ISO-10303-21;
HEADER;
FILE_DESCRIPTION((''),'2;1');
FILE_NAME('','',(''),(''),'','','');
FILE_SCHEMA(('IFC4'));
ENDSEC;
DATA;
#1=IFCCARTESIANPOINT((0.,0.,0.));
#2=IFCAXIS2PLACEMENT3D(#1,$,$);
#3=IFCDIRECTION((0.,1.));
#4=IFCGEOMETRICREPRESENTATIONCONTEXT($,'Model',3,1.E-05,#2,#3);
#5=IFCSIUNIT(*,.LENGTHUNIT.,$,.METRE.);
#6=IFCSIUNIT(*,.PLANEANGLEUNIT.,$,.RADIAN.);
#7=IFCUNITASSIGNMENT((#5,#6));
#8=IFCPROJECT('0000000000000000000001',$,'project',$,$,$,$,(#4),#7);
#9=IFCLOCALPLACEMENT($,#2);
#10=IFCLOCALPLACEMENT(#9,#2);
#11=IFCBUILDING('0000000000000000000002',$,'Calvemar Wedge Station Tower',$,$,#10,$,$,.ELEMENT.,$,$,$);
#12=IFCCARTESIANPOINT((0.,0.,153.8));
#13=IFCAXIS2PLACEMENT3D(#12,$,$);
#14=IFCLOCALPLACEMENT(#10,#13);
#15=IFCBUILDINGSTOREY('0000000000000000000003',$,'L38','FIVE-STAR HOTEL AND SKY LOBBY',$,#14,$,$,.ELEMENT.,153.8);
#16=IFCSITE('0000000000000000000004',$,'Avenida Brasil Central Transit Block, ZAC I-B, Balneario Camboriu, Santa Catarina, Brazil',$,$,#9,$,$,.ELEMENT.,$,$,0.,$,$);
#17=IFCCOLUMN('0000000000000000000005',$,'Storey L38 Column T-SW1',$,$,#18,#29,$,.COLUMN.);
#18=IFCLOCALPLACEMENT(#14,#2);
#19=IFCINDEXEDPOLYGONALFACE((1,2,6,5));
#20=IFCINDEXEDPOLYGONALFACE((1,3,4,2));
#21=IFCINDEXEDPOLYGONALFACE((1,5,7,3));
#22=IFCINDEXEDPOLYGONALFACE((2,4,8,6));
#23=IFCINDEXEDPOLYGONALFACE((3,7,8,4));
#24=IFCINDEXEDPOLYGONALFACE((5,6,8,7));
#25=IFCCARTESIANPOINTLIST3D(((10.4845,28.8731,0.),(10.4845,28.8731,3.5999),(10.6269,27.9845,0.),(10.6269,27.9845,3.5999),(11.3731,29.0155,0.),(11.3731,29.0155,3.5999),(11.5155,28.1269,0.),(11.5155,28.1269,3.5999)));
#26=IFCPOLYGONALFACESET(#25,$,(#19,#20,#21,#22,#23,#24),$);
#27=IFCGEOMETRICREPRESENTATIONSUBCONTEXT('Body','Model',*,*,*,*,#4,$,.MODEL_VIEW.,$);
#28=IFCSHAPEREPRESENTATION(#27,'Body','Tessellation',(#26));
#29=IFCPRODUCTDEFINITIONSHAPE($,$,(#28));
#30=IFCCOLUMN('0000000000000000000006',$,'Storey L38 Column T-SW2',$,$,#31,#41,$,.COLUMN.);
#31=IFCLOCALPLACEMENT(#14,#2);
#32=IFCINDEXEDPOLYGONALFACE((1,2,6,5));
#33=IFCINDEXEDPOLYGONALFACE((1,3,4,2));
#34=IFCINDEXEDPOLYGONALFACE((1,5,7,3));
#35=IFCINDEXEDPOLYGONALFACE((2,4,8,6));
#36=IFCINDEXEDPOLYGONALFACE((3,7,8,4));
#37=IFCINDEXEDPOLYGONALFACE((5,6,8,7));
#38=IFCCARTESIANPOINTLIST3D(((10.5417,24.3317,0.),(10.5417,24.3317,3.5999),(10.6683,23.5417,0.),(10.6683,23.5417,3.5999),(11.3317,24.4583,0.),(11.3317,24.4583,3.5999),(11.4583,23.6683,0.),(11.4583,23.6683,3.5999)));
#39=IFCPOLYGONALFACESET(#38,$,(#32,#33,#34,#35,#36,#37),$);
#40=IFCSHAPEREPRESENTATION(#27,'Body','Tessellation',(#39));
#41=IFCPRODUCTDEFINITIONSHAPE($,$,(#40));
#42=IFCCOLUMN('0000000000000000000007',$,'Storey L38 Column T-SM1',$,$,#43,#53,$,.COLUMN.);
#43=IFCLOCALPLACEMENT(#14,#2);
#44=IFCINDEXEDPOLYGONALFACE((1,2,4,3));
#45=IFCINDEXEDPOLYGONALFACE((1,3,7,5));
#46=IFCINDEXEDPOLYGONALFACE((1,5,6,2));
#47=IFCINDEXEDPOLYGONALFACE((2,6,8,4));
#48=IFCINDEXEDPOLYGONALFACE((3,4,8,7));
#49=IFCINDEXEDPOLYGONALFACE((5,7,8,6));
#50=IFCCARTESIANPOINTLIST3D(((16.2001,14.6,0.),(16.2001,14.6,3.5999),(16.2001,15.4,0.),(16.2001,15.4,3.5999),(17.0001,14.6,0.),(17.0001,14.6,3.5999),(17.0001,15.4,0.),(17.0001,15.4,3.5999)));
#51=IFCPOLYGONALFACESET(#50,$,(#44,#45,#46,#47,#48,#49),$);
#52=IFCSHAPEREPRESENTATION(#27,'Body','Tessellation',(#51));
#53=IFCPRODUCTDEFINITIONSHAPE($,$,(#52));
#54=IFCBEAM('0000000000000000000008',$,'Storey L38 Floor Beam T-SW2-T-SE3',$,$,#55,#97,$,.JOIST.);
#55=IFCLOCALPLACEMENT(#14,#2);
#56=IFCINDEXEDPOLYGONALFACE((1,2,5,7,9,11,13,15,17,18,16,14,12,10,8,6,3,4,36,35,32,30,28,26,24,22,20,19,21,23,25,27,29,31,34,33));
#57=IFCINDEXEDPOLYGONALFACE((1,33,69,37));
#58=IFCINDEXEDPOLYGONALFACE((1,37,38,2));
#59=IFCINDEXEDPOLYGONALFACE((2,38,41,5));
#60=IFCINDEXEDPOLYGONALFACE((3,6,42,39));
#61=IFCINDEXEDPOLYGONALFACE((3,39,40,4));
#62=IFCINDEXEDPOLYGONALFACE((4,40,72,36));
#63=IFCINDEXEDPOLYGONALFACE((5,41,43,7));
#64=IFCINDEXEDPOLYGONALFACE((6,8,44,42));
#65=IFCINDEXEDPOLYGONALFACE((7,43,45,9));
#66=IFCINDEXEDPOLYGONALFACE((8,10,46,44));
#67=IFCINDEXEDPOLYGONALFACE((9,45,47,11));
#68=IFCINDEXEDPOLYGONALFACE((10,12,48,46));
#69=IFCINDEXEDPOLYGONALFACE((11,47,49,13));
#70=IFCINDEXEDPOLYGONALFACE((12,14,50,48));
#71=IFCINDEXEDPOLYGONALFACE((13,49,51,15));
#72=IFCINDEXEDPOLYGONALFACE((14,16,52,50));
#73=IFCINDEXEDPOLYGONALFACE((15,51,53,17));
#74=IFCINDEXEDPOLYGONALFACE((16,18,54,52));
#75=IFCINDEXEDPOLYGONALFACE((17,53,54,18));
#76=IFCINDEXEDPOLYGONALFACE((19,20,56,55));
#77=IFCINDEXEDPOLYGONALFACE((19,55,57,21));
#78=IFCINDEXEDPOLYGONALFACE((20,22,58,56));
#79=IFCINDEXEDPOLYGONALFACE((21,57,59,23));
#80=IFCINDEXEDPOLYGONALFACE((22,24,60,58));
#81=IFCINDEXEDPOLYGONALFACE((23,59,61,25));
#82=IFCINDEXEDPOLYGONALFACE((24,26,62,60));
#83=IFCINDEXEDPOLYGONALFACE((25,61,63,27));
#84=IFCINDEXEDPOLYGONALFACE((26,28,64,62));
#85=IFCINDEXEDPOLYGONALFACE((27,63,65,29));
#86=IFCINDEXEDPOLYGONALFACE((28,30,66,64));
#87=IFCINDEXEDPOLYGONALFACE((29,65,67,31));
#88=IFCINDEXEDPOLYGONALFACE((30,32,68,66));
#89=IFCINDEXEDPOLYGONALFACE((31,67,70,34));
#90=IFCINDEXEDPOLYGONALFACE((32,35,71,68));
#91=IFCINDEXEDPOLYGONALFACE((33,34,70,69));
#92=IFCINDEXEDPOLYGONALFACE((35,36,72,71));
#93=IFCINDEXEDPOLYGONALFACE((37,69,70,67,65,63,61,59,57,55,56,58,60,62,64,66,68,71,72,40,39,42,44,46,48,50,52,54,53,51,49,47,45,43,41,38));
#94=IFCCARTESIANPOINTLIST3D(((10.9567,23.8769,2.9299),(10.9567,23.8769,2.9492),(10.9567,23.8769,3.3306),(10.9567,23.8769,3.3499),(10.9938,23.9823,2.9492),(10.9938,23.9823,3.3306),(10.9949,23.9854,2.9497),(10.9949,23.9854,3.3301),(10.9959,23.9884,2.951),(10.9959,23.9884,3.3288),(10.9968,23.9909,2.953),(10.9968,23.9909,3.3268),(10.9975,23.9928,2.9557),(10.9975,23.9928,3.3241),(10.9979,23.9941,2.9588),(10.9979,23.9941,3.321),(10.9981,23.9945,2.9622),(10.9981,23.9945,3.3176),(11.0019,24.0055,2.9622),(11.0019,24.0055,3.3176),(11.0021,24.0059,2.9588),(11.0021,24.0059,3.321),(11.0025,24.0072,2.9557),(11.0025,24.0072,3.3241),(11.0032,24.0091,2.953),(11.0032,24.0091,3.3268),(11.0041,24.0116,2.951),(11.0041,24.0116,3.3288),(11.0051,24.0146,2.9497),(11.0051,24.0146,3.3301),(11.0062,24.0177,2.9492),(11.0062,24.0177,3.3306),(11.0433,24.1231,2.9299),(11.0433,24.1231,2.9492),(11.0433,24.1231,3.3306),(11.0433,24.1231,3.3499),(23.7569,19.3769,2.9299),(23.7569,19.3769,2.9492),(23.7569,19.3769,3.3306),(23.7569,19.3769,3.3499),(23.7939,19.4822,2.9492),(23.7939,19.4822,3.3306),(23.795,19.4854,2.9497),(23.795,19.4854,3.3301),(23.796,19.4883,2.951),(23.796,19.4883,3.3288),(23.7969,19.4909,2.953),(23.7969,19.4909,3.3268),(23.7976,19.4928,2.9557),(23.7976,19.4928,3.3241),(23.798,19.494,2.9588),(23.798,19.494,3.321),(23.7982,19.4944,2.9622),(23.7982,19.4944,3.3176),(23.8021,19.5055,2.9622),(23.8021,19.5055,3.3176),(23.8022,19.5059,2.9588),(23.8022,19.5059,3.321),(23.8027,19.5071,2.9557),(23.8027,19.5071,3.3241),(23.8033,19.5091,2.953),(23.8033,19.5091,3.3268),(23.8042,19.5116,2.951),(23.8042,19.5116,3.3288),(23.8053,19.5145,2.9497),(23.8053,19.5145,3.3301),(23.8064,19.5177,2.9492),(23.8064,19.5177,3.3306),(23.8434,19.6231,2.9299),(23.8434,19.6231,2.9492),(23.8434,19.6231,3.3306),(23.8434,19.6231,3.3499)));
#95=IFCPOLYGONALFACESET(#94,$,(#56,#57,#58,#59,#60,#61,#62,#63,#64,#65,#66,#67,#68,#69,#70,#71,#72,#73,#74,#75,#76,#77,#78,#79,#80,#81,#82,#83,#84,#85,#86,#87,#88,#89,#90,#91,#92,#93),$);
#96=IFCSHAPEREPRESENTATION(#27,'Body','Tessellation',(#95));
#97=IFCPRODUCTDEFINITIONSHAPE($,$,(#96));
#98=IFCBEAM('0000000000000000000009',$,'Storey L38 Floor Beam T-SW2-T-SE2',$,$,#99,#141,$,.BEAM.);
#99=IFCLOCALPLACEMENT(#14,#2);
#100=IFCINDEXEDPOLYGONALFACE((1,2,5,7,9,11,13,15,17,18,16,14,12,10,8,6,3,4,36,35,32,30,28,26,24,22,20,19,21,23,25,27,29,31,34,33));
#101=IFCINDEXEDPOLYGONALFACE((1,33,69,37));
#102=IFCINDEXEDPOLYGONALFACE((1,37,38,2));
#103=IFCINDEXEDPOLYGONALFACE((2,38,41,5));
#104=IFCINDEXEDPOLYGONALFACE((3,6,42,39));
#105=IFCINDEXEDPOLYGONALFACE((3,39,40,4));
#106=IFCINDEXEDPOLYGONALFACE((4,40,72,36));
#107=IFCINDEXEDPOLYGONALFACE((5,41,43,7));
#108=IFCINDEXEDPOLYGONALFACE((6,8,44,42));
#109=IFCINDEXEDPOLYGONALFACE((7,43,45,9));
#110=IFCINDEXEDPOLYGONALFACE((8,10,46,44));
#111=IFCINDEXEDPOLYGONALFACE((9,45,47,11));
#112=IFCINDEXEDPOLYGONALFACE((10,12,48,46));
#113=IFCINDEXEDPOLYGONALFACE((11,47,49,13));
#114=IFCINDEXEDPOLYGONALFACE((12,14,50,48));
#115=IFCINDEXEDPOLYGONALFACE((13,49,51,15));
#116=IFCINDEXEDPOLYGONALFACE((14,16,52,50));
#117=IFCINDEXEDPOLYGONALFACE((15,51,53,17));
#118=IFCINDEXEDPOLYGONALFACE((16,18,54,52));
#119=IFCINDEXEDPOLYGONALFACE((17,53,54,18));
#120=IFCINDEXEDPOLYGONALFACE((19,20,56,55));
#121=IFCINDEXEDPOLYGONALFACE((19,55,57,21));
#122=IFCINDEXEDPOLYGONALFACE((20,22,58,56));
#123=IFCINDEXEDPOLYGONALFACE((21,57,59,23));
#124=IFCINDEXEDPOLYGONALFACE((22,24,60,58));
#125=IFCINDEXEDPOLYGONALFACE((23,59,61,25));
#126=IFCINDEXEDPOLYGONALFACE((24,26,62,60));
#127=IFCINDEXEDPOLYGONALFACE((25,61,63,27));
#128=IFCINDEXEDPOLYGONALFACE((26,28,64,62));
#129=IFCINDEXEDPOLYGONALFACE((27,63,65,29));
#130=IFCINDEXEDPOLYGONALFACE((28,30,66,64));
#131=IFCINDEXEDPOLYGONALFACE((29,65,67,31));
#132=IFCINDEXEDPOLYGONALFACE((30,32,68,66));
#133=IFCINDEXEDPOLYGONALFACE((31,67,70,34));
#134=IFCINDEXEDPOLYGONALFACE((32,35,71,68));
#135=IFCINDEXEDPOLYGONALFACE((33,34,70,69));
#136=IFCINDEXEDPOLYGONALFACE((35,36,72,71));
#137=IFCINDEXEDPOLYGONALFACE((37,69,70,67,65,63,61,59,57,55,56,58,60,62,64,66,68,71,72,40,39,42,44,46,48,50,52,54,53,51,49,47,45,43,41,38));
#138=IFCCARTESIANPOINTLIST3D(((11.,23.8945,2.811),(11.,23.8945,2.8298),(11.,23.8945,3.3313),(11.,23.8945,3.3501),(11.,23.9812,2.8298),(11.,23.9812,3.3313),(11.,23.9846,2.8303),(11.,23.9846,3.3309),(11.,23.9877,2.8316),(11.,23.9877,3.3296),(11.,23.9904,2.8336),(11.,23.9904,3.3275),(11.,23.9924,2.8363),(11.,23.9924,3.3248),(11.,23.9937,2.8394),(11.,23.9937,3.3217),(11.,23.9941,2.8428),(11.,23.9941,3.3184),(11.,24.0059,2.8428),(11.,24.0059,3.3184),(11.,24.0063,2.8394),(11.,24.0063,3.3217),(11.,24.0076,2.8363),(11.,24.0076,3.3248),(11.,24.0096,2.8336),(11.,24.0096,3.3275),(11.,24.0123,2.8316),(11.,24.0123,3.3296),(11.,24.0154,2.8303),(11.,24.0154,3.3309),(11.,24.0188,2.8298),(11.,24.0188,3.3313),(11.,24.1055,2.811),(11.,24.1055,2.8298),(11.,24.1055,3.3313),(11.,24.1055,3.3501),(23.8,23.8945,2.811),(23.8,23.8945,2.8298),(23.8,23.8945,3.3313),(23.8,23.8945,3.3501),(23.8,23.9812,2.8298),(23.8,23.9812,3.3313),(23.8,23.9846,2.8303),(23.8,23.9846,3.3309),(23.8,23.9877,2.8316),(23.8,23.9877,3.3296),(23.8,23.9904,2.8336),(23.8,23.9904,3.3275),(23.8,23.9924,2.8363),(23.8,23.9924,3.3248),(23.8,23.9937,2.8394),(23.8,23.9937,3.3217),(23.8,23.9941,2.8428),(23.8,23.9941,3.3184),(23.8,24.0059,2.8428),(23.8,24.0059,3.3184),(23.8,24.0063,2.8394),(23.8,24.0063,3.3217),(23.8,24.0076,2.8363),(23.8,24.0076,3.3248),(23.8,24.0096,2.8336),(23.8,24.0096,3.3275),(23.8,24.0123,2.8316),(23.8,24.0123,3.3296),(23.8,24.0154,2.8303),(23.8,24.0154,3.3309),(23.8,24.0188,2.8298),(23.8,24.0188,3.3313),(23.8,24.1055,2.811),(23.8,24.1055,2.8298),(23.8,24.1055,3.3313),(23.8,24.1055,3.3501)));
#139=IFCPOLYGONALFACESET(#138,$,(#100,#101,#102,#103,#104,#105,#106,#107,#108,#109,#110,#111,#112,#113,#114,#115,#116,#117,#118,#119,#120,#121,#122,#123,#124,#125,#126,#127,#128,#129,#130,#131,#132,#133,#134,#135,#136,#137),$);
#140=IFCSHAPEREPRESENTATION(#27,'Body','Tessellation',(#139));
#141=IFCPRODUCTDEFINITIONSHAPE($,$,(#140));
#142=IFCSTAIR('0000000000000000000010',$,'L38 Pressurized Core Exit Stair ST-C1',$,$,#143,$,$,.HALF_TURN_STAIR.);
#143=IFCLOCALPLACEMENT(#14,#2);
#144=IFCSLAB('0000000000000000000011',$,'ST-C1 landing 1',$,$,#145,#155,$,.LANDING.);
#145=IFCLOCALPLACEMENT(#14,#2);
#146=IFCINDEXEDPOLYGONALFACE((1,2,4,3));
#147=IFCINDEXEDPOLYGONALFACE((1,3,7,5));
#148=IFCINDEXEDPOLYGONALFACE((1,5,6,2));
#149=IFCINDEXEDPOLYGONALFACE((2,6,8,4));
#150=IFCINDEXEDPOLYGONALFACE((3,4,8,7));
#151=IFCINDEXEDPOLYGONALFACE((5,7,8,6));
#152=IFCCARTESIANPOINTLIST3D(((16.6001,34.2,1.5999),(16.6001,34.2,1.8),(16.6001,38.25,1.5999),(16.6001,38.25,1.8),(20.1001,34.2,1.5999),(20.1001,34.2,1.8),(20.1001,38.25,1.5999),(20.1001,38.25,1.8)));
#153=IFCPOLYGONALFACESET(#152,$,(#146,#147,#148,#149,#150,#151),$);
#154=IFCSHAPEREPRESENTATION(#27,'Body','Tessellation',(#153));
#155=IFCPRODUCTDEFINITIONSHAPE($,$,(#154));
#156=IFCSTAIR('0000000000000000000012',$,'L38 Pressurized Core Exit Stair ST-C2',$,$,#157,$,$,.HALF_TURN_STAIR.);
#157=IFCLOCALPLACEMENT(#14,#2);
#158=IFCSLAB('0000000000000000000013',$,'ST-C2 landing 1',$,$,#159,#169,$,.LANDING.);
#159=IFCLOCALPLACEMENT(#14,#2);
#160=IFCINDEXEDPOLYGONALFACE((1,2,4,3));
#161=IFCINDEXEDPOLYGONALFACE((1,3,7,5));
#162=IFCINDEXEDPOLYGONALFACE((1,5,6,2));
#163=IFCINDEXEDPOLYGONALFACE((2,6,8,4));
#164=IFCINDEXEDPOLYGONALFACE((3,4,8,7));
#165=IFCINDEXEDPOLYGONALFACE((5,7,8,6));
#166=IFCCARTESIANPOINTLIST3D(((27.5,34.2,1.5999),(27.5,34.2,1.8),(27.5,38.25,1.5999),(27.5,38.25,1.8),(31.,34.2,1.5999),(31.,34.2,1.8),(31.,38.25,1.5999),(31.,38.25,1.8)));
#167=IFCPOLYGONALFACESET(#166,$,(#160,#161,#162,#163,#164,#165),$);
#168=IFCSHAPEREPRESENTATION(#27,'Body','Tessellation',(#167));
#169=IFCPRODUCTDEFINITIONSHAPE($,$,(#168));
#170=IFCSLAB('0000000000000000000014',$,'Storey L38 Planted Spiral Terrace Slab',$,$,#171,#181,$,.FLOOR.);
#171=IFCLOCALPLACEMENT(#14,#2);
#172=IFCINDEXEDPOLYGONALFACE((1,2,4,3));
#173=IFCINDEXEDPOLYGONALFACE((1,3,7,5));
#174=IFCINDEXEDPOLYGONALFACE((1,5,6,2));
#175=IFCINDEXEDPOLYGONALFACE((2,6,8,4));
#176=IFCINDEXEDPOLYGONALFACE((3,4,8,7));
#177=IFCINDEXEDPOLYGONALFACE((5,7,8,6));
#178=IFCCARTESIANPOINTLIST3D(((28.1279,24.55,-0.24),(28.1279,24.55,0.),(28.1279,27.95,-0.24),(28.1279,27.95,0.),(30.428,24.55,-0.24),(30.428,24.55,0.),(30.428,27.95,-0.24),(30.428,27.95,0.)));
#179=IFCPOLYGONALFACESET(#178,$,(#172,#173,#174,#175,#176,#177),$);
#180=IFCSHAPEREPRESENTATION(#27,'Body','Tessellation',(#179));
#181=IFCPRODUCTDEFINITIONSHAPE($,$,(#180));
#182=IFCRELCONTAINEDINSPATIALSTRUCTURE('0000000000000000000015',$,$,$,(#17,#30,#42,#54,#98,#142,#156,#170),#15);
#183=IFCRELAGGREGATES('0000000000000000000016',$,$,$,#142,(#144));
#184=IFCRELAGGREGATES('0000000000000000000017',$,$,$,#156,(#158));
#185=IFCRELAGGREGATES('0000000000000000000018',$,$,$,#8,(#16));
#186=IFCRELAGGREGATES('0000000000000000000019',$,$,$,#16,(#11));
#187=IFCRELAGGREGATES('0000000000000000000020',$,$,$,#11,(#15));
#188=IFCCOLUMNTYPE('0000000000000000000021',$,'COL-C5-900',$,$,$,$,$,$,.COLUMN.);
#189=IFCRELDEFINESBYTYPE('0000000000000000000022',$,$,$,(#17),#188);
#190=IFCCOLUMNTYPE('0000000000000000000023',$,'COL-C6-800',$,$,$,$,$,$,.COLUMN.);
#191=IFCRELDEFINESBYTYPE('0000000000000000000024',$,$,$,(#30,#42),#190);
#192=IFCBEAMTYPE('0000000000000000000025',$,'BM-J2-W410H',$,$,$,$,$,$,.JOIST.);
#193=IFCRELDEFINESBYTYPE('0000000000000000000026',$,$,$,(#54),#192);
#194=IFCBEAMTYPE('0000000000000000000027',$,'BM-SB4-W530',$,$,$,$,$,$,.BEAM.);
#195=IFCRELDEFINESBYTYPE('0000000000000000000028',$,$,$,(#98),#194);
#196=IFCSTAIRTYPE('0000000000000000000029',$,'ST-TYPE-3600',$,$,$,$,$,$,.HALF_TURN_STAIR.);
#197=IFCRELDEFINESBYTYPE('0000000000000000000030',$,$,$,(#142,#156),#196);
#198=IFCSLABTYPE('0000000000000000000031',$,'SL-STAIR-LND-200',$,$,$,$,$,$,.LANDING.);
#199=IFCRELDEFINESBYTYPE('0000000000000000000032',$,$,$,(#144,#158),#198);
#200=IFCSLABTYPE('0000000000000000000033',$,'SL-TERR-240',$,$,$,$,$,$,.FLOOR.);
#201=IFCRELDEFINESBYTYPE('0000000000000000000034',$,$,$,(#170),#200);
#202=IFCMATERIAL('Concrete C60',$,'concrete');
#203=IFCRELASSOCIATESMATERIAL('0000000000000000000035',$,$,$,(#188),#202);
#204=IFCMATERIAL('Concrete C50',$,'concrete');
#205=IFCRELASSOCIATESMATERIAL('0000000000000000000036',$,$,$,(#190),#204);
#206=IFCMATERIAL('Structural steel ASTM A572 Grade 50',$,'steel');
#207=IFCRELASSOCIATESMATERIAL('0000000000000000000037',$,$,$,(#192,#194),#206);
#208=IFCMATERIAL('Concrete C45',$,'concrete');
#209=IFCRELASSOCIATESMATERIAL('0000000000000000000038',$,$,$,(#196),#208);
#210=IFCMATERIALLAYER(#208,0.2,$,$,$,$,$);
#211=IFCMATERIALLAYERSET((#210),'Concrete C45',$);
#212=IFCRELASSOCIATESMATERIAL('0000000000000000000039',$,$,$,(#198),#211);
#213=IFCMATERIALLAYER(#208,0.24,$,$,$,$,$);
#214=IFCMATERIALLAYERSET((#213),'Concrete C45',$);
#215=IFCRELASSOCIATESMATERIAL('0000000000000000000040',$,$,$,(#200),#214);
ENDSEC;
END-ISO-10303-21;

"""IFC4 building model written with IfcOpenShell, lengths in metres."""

from ifc_helpers import new_model, si_unit, direction, frame, origin, origin_2d, place, context, subcontext, project, spatial, polyline, rectangle, i_section, outline, extrude, source, transform, mapped, material, layer, layer_set, material_profile, profile_set, type_object, element, aggregate, save


model = new_model("IFC4")

# Units and contexts
model_context = context("Model", 3, precision=1e-05, world=origin(), true_north=direction((0.0, 1.0)))
body_context = subcontext(model_context, "Body", "Model", "MODEL_VIEW")
ifc_project = project(units=[si_unit("LENGTHUNIT", "METRE"), si_unit("PLANEANGLEUNIT", "RADIAN")], contexts=[model_context])

# Site, building, storey
site_placement = place(None, origin())
site = spatial("IfcSite", under=ifc_project, at=site_placement, Name="Avenida Brasil Central Transit Block, ZAC I-B, Balneario Camboriu, Santa Catarina, Brazil", CompositionType="ELEMENT", RefElevation=0.0)
building_placement = place(site_placement, origin())
building = spatial("IfcBuilding", under=site, at=building_placement, Name="Calvemar Wedge Station Tower", CompositionType="ELEMENT")
storey_placement = place(building_placement, frame((0.0, 0.0, 153.8)))
storey = spatial("IfcBuildingStorey", under=building, at=storey_placement, Name="L38", Description="FIVE-STAR HOTEL AND SKY LOBBY", CompositionType="ELEMENT", Elevation=153.8)

# Columns
ifc_material_1 = material(Name="Concrete C60", Category="concrete")
ifc_material_profile_1 = material_profile(ifc_material_1, rectangle(XDim=0.8999, YDim=0.8999, at=origin_2d()), Name="RC900x900")
ifc_profile_set_1 = profile_set([ifc_material_profile_1], Name="Concrete C60")
column_type_1 = type_object("IfcColumnType", Name="COL-C5-900", PredefinedType="COLUMN", material=ifc_profile_set_1)
shared_shape_1 = source(origin(), body_context, "Body", "SweptSolid", [
    extrude(rectangle(XDim=0.8999, YDim=0.8999, at=origin_2d()), origin(), (0.0, 0.0, 1.0), 3.5999),
])
column_placement = place(storey_placement, frame((11.0, 28.5, 0.0), z_axis=(0.0, 0.0, 1.0), x_axis=(0.158158, -0.987414, 0.0)))
element("IfcColumn", 1, at=column_placement, inside=storey, type_object=column_type_1, Name="Storey L38 Column T-SW1", PredefinedType="COLUMN", context=body_context, shape_type="MappedRepresentation", body=[
    mapped(shared_shape_1, transform((0.0, 0.0, 0.0), scale=1.0)),
])
ifc_material_2 = material(Name="Concrete C50", Category="concrete")
ifc_material_profile_2 = material_profile(ifc_material_2, rectangle(XDim=0.8, YDim=0.8, at=origin_2d()), Name="RC800x800")
ifc_profile_set_2 = profile_set([ifc_material_profile_2], Name="Concrete C50")
column_type_2 = type_object("IfcColumnType", Name="COL-C6-800", PredefinedType="COLUMN", material=ifc_profile_set_2)
shared_shape_2 = source(origin(), body_context, "Body", "SweptSolid", [
    extrude(rectangle(XDim=0.8, YDim=0.8, at=origin_2d()), origin(), (0.0, 0.0, 1.0), 3.5999),
])
for number, where, z_axis, x_axis, name in (
    (2, (11.0, 24.0, 0.0), (0.0, 0.0, 1.0), (0.158158, -0.987414, 0.0), "Storey L38 Column T-SW2"),
    (3, (16.6001, 15.0, 0.0), (0.0, 0.0, 1.0), (1.0, 0.0, 0.0), "Storey L38 Column T-SM1"),
):
    element("IfcColumn", number, at=place(storey_placement, frame(where, z_axis=z_axis, x_axis=x_axis)), inside=storey, type_object=column_type_2, Name=name, PredefinedType="COLUMN", context=body_context, shape_type="MappedRepresentation", body=[
        mapped(shared_shape_2, transform((0.0, 0.0, 0.0), scale=1.0)),
    ])

# Beams
ifc_material_3 = material(Name="Structural steel ASTM A572 Grade 50", Category="steel")
ifc_material_profile_3 = material_profile(ifc_material_3, i_section(OverallWidth=0.261, OverallDepth=0.4199, WebThickness=0.0117, FlangeThickness=0.0193, FilletRadius=0.0129, at=origin_2d()), Name="W410x114")
ifc_profile_set_3 = profile_set([ifc_material_profile_3], Name="Structural steel ASTM A572 Grade 50")
beam_type_1 = type_object("IfcBeamType", Name="BM-J2-W410H", PredefinedType="JOIST", material=ifc_profile_set_3)
shared_shape_3 = source(origin(), body_context, "Body", "SweptSolid", [
    extrude(i_section(OverallWidth=0.261, OverallDepth=0.4199, WebThickness=0.0117, FlangeThickness=0.0193, FilletRadius=0.0129, at=origin_2d()), origin(), (0.0, 0.0, 1.0), 13.5681),
])
beam_1_placement = place(storey_placement, frame((11.0, 24.0, 3.1399), z_axis=(0.943398, -0.331662, 0.0), x_axis=(0.331662, 0.943398, 0.0)))
element("IfcBeam", 4, at=beam_1_placement, inside=storey, type_object=beam_type_1, Name="Storey L38 Floor Beam T-SW2-T-SE3", PredefinedType="JOIST", context=body_context, shape_type="MappedRepresentation", body=[
    mapped(shared_shape_3, transform((0.0, 0.0, 0.0), scale=1.0)),
])
ifc_material_profile_4 = material_profile(ifc_material_3, i_section(OverallWidth=0.2109, OverallDepth=0.5391, WebThickness=0.0117, FlangeThickness=0.0188, FilletRadius=0.0129, at=origin_2d()), Name="W530x109")
ifc_profile_set_4 = profile_set([ifc_material_profile_4], Name="Structural steel ASTM A572 Grade 50")
beam_type_2 = type_object("IfcBeamType", Name="BM-SB4-W530", PredefinedType="BEAM", material=ifc_profile_set_4)
shared_shape_4 = source(origin(), body_context, "Body", "SweptSolid", [
    extrude(i_section(OverallWidth=0.2109, OverallDepth=0.5391, WebThickness=0.0117, FlangeThickness=0.0188, FilletRadius=0.0129, at=origin_2d()), origin(), (0.0, 0.0, 1.0), 12.8),
])
beam_2_placement = place(storey_placement, frame((11.0, 24.0, 3.0806), z_axis=(1.0, 0.0, 0.0), x_axis=(0.0, 1.0, 0.0)))
element("IfcBeam", 5, at=beam_2_placement, inside=storey, type_object=beam_type_2, Name="Storey L38 Floor Beam T-SW2-T-SE2", PredefinedType="BEAM", context=body_context, shape_type="MappedRepresentation", body=[
    mapped(shared_shape_4, transform((0.0, 0.0, 0.0), scale=1.0)),
])

# Stairs, slabs
ifc_material_4 = material(Name="Concrete C45", Category="concrete")
stair_type = type_object("IfcStairType", Name="ST-TYPE-3600", PredefinedType="HALF_TURN_STAIR", material=ifc_material_4)
stair_1_placement = place(storey_placement, origin())
stair_1 = element("IfcStair", 6, at=stair_1_placement, inside=storey, type_object=stair_type, Name="L38 Pressurized Core Exit Stair ST-C1", PredefinedType="HALF_TURN_STAIR")
ifc_layer_1 = layer(ifc_material_4, 0.2)
ifc_layer_set_1 = layer_set([ifc_layer_1], Name="Concrete C45")
slab_type_1 = type_object("IfcSlabType", Name="SL-STAIR-LND-200", PredefinedType="LANDING", material=ifc_layer_set_1)
slab_1_placement = place(storey_placement, frame((0.0, 0.0, 1.5999)))
slab_1 = element("IfcSlab", 7, at=slab_1_placement, type_object=slab_type_1, Name="ST-C1 landing 1", PredefinedType="LANDING", context=body_context, shape_type="SweptSolid", body=[
    extrude(outline(polyline([(16.6001, 38.25), (16.6001, 34.2), (20.1001, 34.2), (20.1001, 38.25), (16.6001, 38.25)])), origin(), (0.0, 0.0, 1.0), 0.2002),
])
aggregate(stair_1, [slab_1])
stair_2_placement = place(storey_placement, origin())
stair_2 = element("IfcStair", 8, at=stair_2_placement, inside=storey, type_object=stair_type, Name="L38 Pressurized Core Exit Stair ST-C2", PredefinedType="HALF_TURN_STAIR")
slab_2_placement = place(storey_placement, frame((0.0, 0.0, 1.5999)))
slab_2 = element("IfcSlab", 9, at=slab_2_placement, type_object=slab_type_1, Name="ST-C2 landing 1", PredefinedType="LANDING", context=body_context, shape_type="SweptSolid", body=[
    extrude(outline(polyline([(27.5, 38.25), (27.5, 34.2), (31.0, 34.2), (31.0, 38.25), (27.5, 38.25)])), origin(), (0.0, 0.0, 1.0), 0.2002),
])
aggregate(stair_2, [slab_2])

# Slab
ifc_layer_2 = layer(ifc_material_4, 0.24)
ifc_layer_set_2 = layer_set([ifc_layer_2], Name="Concrete C45")
slab_type_2 = type_object("IfcSlabType", Name="SL-TERR-240", PredefinedType="FLOOR", material=ifc_layer_set_2)
slab_3_placement = place(storey_placement, frame((0.0, 0.0, -0.24)))
element("IfcSlab", 10, at=slab_3_placement, inside=storey, type_object=slab_type_2, Name="Storey L38 Planted Spiral Terrace Slab", PredefinedType="FLOOR", context=body_context, shape_type="SweptSolid", body=[
    extrude(outline(polyline([(28.1279, 24.55), (30.428, 24.55), (30.428, 27.95), (28.1279, 27.95), (28.1279, 24.55)])), origin(), (0.0, 0.0, 1.0), 0.24),
])

save(model, "model.ifc")
